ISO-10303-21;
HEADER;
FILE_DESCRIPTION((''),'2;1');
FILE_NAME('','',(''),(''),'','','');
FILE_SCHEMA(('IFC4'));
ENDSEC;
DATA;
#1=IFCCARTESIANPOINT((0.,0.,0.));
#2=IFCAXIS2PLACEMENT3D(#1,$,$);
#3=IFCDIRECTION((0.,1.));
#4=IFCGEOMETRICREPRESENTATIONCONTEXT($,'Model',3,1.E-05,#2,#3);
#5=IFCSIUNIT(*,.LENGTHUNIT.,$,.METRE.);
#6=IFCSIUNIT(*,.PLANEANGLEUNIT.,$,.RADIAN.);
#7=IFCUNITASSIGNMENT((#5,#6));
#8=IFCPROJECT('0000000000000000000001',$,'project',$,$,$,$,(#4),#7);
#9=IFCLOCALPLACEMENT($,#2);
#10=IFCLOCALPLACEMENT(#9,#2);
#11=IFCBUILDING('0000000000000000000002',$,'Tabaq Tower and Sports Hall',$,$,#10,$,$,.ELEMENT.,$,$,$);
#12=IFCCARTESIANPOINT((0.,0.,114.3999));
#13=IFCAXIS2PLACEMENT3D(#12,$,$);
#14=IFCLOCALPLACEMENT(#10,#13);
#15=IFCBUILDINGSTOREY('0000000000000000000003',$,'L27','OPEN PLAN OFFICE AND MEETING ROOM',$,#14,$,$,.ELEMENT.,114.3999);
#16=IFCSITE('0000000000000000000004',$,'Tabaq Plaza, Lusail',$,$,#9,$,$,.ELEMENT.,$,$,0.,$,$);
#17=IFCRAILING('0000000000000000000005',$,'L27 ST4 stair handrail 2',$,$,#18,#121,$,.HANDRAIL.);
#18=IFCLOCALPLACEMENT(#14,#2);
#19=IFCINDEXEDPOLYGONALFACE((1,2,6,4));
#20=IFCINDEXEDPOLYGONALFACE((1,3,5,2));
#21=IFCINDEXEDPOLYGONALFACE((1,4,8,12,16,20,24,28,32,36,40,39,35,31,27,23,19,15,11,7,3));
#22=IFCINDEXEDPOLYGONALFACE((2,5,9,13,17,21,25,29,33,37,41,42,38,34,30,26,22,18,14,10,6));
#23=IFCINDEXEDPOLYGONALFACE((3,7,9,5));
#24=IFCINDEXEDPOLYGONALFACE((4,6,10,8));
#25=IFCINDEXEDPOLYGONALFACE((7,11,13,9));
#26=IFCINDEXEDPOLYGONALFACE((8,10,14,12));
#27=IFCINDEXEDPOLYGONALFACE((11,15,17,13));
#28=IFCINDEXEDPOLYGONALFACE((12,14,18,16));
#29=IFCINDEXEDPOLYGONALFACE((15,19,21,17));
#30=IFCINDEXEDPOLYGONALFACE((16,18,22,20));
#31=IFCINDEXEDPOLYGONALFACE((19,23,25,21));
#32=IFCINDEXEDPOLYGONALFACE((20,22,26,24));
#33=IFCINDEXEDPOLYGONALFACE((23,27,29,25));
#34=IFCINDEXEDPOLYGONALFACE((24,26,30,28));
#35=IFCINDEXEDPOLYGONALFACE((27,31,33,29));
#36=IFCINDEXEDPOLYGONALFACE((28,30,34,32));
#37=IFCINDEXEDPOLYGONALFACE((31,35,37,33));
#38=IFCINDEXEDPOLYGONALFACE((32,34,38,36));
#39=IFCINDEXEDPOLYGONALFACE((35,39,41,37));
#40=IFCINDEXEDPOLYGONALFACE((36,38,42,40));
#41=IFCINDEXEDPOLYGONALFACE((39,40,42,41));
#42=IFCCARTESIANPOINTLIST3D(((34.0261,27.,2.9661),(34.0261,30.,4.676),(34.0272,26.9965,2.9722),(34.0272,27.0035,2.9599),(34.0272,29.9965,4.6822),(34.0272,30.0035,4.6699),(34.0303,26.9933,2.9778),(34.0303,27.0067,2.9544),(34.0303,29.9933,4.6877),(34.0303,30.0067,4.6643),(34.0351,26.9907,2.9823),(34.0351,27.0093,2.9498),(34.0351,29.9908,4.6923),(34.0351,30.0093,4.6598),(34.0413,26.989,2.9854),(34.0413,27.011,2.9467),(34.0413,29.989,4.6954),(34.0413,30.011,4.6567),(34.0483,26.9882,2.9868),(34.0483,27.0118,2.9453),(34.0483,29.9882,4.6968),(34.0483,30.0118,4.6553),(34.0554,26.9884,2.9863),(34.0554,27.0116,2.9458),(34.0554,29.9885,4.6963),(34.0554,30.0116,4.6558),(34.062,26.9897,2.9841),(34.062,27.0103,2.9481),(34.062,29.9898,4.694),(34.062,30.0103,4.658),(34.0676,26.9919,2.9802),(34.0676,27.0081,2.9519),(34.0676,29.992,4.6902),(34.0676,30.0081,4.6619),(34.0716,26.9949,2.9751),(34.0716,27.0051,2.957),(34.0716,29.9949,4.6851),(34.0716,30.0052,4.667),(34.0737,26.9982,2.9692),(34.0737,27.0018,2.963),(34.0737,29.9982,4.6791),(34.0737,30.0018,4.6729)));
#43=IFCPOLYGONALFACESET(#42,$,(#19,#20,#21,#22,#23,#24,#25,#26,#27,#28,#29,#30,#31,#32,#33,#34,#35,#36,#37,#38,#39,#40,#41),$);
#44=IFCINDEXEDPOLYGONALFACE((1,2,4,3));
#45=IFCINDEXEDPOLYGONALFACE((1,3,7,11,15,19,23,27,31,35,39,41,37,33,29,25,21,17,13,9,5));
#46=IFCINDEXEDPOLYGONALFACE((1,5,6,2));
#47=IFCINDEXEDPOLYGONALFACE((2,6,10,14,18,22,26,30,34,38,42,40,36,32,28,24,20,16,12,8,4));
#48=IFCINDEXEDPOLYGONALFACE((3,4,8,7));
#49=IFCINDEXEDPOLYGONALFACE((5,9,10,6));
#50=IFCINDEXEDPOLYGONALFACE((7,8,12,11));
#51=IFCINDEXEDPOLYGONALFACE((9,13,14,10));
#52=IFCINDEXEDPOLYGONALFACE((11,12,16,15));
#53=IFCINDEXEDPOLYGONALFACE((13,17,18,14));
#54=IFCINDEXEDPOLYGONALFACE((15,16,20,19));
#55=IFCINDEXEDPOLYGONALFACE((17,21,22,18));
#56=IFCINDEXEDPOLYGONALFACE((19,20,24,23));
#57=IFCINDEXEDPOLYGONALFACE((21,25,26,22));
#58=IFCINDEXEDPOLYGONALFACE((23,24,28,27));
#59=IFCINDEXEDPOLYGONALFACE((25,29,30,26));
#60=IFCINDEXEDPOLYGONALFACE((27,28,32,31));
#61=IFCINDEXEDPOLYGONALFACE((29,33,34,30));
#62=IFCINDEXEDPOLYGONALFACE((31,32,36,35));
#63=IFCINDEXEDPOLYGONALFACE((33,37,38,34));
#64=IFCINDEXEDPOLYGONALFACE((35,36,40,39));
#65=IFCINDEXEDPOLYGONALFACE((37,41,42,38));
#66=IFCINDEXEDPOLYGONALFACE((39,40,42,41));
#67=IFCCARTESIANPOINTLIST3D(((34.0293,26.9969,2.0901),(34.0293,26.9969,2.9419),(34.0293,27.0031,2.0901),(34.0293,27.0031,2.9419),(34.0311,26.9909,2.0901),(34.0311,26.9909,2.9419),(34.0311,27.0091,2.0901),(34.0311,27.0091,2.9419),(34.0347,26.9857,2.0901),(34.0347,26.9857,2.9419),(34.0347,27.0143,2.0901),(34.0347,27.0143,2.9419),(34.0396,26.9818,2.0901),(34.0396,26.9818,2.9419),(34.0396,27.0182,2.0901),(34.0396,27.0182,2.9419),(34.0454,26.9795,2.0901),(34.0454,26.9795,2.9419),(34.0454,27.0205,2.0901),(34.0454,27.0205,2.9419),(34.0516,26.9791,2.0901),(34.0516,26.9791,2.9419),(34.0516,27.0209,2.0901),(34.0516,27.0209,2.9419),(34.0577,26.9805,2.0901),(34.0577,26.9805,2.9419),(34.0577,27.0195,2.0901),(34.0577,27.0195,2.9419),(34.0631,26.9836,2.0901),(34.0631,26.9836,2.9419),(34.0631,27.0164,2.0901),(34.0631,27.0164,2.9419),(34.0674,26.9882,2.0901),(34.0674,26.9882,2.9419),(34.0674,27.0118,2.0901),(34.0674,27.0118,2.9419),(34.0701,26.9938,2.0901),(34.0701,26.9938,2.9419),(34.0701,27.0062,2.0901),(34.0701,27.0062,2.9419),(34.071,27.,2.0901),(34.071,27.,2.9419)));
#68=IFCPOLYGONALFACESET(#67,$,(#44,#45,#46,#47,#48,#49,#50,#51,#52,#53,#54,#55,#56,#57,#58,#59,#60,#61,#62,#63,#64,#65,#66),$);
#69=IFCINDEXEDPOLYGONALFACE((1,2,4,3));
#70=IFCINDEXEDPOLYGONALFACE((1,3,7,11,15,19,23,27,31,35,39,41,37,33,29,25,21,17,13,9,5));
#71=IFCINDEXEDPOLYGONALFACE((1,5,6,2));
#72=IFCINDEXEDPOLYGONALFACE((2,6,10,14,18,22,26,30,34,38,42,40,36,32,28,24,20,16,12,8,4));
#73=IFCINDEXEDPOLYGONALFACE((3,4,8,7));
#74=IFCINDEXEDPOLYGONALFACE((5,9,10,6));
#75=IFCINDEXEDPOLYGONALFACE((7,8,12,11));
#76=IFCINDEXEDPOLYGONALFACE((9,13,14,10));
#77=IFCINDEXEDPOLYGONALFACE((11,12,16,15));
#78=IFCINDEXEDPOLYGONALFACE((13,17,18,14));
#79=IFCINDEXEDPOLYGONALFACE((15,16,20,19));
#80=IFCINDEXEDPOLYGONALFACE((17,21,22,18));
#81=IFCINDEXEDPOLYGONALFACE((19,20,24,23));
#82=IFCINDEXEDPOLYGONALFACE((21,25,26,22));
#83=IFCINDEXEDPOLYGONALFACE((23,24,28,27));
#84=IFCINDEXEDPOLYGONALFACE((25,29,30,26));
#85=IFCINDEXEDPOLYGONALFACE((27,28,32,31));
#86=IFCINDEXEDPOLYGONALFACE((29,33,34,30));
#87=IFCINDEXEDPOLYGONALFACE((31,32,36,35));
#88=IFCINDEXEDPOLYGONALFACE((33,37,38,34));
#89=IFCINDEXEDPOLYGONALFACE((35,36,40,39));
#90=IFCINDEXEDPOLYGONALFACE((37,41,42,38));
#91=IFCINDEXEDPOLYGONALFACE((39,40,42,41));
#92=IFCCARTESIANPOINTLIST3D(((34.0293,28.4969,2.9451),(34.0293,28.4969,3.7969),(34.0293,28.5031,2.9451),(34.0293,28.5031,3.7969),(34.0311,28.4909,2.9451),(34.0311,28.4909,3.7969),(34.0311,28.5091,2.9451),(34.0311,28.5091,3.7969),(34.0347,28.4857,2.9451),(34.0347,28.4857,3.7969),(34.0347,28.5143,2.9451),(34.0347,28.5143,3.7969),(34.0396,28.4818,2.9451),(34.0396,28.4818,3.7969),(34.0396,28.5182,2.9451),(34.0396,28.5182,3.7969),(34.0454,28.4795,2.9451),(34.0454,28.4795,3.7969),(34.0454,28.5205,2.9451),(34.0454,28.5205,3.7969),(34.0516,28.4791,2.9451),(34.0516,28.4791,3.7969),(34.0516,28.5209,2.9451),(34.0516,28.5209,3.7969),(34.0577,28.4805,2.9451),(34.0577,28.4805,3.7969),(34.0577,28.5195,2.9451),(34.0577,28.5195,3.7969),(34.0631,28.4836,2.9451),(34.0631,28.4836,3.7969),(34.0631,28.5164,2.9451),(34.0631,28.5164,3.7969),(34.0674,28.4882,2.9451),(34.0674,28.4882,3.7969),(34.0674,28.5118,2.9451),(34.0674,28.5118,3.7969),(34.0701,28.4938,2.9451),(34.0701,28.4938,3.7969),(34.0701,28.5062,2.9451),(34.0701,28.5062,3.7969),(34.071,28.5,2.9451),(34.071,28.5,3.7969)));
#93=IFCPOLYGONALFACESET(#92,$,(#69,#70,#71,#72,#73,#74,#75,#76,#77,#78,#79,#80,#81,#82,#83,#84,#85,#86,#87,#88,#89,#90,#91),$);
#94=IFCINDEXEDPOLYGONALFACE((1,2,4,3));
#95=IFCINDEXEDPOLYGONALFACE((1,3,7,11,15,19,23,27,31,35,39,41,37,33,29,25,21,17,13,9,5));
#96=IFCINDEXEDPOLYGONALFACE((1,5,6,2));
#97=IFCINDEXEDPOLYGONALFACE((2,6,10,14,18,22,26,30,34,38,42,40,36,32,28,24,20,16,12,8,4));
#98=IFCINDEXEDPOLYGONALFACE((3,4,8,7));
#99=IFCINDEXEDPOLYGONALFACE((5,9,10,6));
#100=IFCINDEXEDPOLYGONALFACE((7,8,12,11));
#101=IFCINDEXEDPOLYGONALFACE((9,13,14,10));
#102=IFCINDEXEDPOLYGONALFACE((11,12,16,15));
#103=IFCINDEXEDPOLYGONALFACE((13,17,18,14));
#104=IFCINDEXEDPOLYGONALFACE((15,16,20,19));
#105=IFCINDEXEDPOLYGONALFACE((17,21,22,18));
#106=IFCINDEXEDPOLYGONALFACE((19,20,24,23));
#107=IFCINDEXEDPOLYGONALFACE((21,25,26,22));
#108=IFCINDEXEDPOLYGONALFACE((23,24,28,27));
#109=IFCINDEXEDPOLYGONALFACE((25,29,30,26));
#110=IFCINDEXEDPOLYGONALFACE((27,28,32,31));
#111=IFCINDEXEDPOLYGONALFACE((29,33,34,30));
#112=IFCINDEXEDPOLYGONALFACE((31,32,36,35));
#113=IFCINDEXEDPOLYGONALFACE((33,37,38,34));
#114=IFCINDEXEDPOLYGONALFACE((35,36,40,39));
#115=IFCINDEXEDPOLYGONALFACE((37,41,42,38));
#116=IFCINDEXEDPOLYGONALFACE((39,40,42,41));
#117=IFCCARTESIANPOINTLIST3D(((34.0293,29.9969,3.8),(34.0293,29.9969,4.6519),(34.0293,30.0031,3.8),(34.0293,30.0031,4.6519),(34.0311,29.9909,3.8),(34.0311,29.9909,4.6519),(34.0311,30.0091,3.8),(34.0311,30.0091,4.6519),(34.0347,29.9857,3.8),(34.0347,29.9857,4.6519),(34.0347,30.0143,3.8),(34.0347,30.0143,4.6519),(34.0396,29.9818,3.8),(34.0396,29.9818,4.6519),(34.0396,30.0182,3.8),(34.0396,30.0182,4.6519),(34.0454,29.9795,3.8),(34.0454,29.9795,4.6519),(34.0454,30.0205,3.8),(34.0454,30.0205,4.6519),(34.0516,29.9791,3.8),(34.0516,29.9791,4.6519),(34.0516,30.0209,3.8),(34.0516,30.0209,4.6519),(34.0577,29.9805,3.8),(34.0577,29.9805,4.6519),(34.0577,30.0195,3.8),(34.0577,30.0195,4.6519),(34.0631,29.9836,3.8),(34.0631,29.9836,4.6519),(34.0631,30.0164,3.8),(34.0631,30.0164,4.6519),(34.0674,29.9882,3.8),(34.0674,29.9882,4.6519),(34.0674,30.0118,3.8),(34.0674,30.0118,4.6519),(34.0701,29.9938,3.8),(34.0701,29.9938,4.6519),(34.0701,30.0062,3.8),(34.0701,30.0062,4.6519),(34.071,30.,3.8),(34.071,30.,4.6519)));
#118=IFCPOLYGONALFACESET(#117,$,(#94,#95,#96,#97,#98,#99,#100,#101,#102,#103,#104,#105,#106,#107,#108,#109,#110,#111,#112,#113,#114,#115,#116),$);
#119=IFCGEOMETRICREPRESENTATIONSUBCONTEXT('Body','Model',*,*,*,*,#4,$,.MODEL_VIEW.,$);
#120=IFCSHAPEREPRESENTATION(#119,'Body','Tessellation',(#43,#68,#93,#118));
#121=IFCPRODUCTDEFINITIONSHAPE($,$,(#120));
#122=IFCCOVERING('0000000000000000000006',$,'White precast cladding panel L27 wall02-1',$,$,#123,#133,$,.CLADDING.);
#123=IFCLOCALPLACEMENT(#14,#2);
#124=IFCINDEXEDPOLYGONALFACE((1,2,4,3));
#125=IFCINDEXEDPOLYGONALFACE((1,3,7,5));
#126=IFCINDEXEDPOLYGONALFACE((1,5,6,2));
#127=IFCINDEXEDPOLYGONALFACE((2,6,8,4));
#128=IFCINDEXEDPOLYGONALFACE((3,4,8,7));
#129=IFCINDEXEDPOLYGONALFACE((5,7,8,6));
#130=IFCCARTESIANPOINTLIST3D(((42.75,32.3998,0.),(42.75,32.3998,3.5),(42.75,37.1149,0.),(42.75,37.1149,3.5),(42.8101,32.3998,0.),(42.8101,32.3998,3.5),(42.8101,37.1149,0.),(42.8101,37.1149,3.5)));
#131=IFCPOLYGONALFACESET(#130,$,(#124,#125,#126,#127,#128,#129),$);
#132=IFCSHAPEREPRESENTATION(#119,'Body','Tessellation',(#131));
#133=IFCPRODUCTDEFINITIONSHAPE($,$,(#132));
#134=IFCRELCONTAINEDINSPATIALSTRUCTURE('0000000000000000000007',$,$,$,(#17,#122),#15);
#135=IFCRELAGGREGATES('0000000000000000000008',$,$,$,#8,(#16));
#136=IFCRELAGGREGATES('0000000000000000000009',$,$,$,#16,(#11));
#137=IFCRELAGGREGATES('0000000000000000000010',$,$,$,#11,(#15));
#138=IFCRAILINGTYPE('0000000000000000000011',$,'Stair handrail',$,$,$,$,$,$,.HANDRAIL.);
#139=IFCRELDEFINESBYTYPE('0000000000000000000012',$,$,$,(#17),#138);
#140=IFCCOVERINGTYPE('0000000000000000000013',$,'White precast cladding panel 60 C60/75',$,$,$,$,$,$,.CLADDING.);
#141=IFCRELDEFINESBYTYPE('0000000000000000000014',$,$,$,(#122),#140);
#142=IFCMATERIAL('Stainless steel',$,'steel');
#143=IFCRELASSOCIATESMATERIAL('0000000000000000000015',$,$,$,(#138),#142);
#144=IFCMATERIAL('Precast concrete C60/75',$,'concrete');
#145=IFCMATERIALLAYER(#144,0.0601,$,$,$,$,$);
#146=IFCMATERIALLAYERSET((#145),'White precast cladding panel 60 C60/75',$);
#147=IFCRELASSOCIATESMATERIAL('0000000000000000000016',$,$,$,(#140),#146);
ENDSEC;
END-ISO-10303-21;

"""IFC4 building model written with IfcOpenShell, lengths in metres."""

from ifc_helpers import new_model, si_unit, direction, frame, frame_2d, origin, origin_2d, place, context, subcontext, project, spatial, rectangle, circle, extrude, material, layer, layer_set, type_object, element, save


model = new_model("IFC4")

# Units and contexts
model_context = context("Model", 3, precision=1e-05, world=origin(), true_north=direction((0.0, 1.0)))
body_context = subcontext(model_context, "Body", "Model", "MODEL_VIEW")
ifc_project = project(units=[si_unit("LENGTHUNIT", "METRE"), si_unit("PLANEANGLEUNIT", "RADIAN")], contexts=[model_context])

# Site, building, storey
site_placement = place(None, origin())
site = spatial("IfcSite", under=ifc_project, at=site_placement, Name="Tabaq Plaza, Lusail", CompositionType="ELEMENT", RefElevation=0.0)
building_placement = place(site_placement, origin())
building = spatial("IfcBuilding", under=site, at=building_placement, Name="Tabaq Tower and Sports Hall", CompositionType="ELEMENT")
storey_placement = place(building_placement, frame((0.0, 0.0, 114.3999)))
storey = spatial("IfcBuildingStorey", under=building, at=storey_placement, Name="L27", Description="OPEN PLAN OFFICE AND MEETING ROOM", CompositionType="ELEMENT", Elevation=114.3999)

# Railing
ifc_material_1 = material(Name="Stainless steel", Category="steel")
railing_type_1 = type_object("IfcRailingType", Name="Stair handrail", PredefinedType="HANDRAIL", material=ifc_material_1)
railing_1_placement = place(storey_placement, frame((34.05, 27.0, 2.0901)))
element("IfcRailing", 1, at=railing_1_placement, inside=storey, type_object=railing_type_1, Name="L27 ST4 stair handrail 2", PredefinedType="HANDRAIL", context=body_context, shape_type="SweptSolid", body=[
    extrude(circle(Radius=0.0239, at=origin_2d()), frame((0.0, 0.0, 0.876), z_axis=(0.0, 0.868782, 0.495195), x_axis=(-1.0, 0.0, 0.0)), (0.0, 0.0, 1.0), 3.4531),
    extrude(circle(Radius=0.021, at=origin_2d()), origin(), (0.0, 0.0, 1.0), 0.8518),
    extrude(circle(Radius=0.021, at=origin_2d()), frame((0.0, 1.5, 0.855)), (0.0, 0.0, 1.0), 0.8518),
    extrude(circle(Radius=0.021, at=origin_2d()), frame((0.0, 3.0, 1.71)), (0.0, 0.0, 1.0), 0.8518),
])

# Covering
ifc_material_2 = material(Name="Precast concrete C60/75", Category="concrete")
ifc_layer_1 = layer(ifc_material_2, 0.0601)
ifc_layer_set_1 = layer_set([ifc_layer_1], Name="White precast cladding panel 60 C60/75")
covering_type = type_object("IfcCoveringType", Name="White precast cladding panel 60 C60/75", PredefinedType="CLADDING", material=ifc_layer_set_1)
covering_placement = place(storey_placement, frame((42.78, 32.3999, 0.0), z_axis=(0.0, 0.0, 1.0), x_axis=(0.0, 1.0, 0.0)))
element("IfcCovering", 2, at=covering_placement, inside=storey, type_object=covering_type, Name="White precast cladding panel L27 wall02-1", PredefinedType="CLADDING", context=body_context, shape_type="SweptSolid", body=[
    extrude(rectangle(XDim=4.7151, YDim=0.0601, at=frame_2d((2.3574, 0.0))), origin(), (0.0, 0.0, 1.0), 3.5),
])

save(model, "model.ifc")
